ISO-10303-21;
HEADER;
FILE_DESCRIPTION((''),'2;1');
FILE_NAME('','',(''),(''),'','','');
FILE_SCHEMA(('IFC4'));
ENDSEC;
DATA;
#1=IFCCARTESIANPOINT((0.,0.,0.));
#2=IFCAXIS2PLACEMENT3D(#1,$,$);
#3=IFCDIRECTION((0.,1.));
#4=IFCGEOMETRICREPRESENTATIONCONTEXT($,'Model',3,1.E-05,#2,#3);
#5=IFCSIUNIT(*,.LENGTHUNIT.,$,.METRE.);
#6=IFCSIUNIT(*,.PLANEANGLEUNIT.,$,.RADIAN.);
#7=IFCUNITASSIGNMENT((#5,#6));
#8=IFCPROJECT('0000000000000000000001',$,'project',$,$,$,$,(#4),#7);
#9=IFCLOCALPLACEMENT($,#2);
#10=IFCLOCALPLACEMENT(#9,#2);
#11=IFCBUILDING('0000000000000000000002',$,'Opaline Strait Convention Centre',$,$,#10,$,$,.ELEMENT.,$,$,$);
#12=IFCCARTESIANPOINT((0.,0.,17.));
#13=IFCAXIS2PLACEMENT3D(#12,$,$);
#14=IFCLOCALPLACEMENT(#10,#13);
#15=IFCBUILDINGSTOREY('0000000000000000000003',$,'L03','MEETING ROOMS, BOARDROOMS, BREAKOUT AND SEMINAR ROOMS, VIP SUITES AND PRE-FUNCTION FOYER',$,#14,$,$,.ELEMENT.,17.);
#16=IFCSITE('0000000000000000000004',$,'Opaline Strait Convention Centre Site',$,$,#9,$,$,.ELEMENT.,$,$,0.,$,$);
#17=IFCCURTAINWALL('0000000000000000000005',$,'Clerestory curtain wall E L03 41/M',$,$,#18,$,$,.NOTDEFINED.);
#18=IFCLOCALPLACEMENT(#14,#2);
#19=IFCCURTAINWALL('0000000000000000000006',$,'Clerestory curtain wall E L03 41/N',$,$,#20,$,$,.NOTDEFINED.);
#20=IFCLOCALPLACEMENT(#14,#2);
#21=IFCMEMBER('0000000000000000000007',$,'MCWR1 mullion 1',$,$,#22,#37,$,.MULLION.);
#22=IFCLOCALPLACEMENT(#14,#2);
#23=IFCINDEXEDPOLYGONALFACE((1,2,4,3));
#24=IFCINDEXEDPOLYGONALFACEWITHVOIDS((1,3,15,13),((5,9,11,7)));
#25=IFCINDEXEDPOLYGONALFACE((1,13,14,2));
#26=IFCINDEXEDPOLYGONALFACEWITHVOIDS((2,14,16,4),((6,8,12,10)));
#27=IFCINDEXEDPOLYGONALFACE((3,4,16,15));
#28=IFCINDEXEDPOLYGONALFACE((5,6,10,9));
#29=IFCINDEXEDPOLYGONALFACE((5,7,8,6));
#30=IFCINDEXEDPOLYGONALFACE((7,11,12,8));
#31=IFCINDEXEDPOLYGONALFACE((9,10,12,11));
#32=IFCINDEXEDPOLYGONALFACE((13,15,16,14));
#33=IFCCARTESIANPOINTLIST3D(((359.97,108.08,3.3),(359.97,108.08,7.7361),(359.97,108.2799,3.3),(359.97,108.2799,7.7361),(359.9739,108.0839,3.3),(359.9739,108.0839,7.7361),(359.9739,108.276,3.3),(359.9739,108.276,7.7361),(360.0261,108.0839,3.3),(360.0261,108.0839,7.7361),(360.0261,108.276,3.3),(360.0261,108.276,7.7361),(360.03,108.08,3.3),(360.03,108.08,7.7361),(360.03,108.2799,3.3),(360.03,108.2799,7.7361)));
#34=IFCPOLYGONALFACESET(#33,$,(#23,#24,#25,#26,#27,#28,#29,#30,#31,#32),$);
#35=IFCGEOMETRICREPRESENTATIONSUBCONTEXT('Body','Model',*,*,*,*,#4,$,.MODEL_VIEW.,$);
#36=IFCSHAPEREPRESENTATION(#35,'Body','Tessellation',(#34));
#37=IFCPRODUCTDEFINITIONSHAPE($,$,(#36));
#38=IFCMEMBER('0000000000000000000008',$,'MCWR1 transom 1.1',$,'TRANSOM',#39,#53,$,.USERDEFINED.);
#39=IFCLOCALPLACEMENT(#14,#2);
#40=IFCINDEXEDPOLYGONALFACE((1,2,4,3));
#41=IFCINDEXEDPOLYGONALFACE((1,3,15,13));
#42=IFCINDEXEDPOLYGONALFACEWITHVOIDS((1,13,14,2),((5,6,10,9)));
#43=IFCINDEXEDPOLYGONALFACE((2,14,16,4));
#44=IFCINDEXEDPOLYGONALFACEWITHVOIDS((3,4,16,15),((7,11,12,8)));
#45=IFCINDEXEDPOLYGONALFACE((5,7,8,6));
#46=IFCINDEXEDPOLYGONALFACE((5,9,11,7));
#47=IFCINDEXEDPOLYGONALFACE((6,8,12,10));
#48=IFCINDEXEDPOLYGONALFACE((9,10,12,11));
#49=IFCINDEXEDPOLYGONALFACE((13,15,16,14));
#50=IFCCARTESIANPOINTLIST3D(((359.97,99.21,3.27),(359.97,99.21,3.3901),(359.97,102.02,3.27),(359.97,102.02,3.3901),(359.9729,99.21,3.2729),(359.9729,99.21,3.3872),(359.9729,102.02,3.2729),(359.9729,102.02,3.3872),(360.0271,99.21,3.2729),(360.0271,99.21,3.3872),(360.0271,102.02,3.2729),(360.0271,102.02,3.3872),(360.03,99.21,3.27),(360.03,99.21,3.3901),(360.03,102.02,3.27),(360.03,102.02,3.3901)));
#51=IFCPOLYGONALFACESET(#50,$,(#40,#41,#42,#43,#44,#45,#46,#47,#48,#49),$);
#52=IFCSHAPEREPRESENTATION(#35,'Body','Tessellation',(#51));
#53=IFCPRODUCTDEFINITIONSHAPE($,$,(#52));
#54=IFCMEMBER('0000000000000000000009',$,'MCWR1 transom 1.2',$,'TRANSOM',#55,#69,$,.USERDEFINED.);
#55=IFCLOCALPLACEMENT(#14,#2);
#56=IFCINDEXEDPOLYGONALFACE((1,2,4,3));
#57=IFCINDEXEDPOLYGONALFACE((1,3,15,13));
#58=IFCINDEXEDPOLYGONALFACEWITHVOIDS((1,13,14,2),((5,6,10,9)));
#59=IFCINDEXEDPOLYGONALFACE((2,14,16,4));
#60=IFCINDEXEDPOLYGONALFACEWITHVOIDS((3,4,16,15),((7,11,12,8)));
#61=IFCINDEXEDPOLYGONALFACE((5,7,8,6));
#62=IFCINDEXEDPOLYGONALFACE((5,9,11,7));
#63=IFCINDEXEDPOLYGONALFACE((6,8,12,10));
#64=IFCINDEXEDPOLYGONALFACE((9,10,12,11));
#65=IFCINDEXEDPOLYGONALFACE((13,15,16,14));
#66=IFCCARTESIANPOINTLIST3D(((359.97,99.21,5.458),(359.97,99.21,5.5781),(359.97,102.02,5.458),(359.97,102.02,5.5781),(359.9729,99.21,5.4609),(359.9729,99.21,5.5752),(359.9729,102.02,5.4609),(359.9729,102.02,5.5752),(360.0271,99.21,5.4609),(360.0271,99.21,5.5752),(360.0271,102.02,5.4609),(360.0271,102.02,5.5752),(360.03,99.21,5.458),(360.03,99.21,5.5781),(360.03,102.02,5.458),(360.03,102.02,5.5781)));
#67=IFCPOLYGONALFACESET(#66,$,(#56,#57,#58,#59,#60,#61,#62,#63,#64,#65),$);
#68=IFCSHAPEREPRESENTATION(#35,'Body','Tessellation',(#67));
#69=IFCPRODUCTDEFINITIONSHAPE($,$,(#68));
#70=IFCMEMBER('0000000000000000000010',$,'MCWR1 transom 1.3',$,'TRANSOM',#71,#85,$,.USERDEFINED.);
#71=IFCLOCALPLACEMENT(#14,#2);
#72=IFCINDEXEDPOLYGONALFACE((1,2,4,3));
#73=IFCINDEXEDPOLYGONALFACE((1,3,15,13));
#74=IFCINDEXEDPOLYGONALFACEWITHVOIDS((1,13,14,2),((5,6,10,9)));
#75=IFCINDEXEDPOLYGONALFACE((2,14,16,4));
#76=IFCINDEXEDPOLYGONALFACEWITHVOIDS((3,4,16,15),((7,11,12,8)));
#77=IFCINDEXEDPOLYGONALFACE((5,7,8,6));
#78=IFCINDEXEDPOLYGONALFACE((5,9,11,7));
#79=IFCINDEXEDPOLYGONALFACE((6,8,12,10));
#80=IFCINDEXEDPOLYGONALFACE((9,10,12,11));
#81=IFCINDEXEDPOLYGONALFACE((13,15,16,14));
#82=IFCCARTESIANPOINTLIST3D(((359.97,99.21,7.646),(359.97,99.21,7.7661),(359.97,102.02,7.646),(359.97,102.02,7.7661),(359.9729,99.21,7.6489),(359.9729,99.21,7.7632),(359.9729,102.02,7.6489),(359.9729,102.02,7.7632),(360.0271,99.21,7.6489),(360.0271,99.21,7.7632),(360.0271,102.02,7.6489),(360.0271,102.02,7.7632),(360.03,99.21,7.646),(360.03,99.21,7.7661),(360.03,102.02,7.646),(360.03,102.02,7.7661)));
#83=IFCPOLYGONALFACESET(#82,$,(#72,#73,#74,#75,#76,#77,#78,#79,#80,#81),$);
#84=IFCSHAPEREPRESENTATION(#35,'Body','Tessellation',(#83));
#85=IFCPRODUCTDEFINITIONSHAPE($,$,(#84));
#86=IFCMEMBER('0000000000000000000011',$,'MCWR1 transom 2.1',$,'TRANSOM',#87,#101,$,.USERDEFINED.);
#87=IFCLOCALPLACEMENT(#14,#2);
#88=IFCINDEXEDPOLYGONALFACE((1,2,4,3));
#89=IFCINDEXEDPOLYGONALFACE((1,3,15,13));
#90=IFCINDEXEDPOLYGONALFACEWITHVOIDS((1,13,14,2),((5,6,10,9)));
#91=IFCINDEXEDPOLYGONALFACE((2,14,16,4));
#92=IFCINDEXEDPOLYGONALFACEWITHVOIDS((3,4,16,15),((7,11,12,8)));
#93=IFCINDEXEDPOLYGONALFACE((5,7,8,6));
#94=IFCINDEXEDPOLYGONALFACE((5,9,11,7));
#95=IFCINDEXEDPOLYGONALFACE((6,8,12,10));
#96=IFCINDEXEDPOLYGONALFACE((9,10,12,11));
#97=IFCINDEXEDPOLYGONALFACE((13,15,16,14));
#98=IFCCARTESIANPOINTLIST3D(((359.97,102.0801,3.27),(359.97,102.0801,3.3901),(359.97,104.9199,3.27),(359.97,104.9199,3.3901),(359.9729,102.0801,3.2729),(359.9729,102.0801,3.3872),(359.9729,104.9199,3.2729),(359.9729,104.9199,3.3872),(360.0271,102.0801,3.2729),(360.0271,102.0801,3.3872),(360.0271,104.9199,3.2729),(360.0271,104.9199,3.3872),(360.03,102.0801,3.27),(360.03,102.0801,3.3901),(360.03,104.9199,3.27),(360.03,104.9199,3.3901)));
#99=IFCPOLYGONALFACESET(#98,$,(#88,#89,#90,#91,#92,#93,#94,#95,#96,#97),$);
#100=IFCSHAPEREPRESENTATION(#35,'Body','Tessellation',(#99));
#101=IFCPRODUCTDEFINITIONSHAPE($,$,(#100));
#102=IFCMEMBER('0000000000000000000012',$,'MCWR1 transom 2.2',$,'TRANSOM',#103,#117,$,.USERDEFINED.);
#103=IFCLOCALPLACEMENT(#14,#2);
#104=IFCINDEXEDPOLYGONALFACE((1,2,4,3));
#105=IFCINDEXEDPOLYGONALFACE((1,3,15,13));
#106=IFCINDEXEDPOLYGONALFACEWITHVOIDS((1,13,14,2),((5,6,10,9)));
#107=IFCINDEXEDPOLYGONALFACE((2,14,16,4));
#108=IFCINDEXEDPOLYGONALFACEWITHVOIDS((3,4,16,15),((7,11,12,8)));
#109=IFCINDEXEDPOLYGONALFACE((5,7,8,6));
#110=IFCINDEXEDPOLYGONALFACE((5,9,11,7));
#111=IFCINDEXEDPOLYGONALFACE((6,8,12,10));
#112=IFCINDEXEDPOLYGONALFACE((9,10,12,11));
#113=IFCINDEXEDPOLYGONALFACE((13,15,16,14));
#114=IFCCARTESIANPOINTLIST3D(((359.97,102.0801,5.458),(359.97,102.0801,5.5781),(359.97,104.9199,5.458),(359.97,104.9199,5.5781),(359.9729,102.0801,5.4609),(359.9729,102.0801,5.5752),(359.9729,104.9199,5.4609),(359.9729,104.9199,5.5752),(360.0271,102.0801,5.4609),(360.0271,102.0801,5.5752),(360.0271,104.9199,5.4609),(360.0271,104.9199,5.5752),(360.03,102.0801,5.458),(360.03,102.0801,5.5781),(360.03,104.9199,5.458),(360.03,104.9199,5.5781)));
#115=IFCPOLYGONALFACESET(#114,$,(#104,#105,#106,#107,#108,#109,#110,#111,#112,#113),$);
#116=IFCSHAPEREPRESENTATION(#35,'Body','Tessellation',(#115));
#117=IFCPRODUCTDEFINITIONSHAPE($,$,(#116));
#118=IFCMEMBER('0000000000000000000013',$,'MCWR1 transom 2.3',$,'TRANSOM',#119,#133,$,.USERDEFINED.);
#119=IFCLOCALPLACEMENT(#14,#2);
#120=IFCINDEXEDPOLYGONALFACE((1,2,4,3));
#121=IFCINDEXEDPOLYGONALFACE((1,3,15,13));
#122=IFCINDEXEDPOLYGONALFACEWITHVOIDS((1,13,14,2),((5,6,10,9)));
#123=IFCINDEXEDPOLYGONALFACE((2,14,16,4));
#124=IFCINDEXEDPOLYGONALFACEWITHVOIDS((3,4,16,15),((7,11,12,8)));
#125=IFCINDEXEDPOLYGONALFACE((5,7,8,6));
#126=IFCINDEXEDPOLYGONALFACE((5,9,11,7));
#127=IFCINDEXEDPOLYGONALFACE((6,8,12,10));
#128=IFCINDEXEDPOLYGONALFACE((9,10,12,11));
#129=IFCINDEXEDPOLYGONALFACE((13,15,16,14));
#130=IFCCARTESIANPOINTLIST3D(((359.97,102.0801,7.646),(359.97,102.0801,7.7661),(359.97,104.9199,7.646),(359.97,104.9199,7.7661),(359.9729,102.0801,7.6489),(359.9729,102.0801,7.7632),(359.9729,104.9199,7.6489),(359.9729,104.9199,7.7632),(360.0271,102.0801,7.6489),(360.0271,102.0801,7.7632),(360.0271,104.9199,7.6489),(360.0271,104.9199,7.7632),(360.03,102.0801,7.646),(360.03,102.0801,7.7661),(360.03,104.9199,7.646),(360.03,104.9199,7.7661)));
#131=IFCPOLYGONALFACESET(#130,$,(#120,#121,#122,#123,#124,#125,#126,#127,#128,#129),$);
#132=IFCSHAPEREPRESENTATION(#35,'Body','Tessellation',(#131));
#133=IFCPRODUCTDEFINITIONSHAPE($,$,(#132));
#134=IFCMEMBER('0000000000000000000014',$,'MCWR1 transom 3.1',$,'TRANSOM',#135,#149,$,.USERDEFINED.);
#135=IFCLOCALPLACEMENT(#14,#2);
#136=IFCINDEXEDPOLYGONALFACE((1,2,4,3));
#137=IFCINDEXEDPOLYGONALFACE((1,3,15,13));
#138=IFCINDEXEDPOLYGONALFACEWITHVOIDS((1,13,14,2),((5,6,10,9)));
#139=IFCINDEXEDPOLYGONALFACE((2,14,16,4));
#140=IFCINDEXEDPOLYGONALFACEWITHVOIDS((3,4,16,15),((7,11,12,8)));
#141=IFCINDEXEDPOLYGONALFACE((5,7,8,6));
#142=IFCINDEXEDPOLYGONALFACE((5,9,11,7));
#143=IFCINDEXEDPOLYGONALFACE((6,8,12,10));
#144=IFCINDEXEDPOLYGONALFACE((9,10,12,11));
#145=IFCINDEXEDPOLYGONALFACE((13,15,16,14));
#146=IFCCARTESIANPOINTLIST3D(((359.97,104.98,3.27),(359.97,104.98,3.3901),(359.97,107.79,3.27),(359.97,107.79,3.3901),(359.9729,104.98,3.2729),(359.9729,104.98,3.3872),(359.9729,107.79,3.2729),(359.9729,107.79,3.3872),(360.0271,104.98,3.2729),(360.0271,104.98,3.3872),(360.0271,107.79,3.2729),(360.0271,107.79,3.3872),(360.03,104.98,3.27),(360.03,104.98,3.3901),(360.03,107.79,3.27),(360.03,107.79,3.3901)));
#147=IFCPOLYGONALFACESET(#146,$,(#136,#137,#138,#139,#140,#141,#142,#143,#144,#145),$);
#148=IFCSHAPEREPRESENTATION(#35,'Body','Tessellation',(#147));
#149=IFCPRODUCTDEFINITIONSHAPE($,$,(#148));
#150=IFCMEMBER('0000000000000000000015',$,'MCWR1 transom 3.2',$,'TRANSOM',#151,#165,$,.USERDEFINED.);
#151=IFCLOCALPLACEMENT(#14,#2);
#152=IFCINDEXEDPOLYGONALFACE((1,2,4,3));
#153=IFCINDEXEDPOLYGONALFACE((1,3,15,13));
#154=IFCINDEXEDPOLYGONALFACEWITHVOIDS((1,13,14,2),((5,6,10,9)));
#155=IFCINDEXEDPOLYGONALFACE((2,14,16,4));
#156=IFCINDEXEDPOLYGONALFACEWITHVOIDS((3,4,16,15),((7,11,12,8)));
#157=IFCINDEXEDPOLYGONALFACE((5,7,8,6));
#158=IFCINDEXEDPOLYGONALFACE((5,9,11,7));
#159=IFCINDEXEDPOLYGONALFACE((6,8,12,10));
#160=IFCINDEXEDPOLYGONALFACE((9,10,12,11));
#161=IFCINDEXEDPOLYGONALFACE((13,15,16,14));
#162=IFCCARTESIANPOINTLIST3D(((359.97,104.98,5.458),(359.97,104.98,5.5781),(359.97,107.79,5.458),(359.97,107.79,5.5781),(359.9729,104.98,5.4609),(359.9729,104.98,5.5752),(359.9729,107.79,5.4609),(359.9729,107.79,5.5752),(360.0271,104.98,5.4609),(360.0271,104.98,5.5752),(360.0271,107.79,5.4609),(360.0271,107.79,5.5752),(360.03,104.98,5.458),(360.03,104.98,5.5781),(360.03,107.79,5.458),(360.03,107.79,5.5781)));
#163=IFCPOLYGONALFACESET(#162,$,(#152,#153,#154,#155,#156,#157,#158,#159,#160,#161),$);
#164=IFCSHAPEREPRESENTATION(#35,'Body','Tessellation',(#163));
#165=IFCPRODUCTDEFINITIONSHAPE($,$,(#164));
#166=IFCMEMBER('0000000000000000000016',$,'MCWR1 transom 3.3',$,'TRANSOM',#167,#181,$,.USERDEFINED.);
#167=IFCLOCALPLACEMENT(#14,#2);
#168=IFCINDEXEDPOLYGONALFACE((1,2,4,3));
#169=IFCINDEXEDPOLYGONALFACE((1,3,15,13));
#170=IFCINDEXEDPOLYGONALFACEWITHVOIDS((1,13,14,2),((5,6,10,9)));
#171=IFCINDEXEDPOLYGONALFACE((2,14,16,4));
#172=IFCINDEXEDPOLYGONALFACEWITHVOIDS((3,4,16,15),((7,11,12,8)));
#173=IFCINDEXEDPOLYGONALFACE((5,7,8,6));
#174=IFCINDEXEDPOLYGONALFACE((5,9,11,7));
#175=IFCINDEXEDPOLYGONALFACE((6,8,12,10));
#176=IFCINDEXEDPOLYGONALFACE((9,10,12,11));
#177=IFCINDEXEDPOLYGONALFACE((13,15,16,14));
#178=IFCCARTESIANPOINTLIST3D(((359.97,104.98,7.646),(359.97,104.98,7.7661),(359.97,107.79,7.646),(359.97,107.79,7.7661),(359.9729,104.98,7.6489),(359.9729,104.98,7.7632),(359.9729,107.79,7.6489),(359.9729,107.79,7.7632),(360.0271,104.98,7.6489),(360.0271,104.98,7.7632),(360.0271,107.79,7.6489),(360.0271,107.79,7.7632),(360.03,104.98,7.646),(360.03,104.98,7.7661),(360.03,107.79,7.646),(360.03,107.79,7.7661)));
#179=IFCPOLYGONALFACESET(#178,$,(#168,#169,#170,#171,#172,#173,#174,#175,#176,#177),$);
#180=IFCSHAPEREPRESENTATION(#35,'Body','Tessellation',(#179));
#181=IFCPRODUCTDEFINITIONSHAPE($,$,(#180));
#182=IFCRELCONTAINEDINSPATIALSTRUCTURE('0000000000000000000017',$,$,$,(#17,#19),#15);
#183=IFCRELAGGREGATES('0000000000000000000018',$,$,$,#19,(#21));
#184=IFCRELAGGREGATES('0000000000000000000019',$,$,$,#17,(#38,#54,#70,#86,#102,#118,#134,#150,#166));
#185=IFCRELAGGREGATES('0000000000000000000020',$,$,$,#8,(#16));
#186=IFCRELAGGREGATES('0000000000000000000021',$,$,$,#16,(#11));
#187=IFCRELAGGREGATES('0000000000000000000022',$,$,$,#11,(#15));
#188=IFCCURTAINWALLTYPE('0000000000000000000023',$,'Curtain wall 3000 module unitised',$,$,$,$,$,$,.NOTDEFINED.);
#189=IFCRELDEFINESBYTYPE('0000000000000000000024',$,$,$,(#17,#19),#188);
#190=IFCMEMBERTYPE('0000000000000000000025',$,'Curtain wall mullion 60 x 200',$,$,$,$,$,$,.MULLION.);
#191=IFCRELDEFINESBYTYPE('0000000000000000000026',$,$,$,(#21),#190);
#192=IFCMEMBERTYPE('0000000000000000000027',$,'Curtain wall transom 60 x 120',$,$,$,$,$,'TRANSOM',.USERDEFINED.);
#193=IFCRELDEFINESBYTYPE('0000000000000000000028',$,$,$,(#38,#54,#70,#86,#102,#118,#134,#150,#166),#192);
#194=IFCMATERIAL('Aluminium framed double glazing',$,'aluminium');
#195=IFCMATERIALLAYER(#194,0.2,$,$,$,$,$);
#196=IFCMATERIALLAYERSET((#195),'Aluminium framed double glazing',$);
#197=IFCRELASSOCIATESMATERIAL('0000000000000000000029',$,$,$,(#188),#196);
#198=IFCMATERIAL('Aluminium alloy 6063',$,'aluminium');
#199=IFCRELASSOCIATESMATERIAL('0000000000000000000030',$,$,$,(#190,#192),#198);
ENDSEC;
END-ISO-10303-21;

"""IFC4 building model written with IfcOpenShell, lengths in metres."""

from ifc_helpers import new_model, si_unit, direction, frame, origin, origin_2d, place, context, subcontext, project, spatial, hollow_rectangle, extrude, material, layer, layer_set, material_profile, profile_set, type_object, element, aggregate, save


model = new_model("IFC4")

# Units and contexts
model_context = context("Model", 3, precision=1e-05, world=origin(), true_north=direction((0.0, 1.0)))
body_context = subcontext(model_context, "Body", "Model", "MODEL_VIEW")
ifc_project = project(units=[si_unit("LENGTHUNIT", "METRE"), si_unit("PLANEANGLEUNIT", "RADIAN")], contexts=[model_context])

# Site, building, storey
site_placement = place(None, origin())
site = spatial("IfcSite", under=ifc_project, at=site_placement, Name="Opaline Strait Convention Centre Site", CompositionType="ELEMENT", RefElevation=0.0)
building_placement = place(site_placement, origin())
building = spatial("IfcBuilding", under=site, at=building_placement, Name="Opaline Strait Convention Centre", CompositionType="ELEMENT")
storey_placement = place(building_placement, frame((0.0, 0.0, 17.0)))
storey = spatial("IfcBuildingStorey", under=building, at=storey_placement, Name="L03", Description="MEETING ROOMS, BOARDROOMS, BREAKOUT AND SEMINAR ROOMS, VIP SUITES AND PRE-FUNCTION FOYER", CompositionType="ELEMENT", Elevation=17.0)

# Curtain wall
ifc_material_1 = material(Name="Aluminium framed double glazing", Category="aluminium")
ifc_layer_1 = layer(ifc_material_1, 0.2)
ifc_layer_set_1 = layer_set([ifc_layer_1], Name="Aluminium framed double glazing")
curtain_wall_type = type_object("IfcCurtainWallType", Name="Curtain wall 3000 module unitised", PredefinedType="NOTDEFINED", material=ifc_layer_set_1)
curtain_wall_1_placement = place(storey_placement, origin())
curtain_wall_1 = element("IfcCurtainWall", 1, at=curtain_wall_1_placement, inside=storey, type_object=curtain_wall_type, Name="Clerestory curtain wall E L03 41/M", PredefinedType="NOTDEFINED")
ifc_material_2 = material(Name="Aluminium alloy 6063", Category="aluminium")
ifc_material_profile_1 = material_profile(ifc_material_2, hollow_rectangle(XDim=0.0601, YDim=0.2, WallThickness=0.0039, at=origin_2d()), Name="MULLION 60x200x4")
ifc_profile_set_1 = profile_set([ifc_material_profile_1], Name="Aluminium alloy 6063")
member_type_1 = type_object("IfcMemberType", Name="Curtain wall mullion 60 x 200", PredefinedType="MULLION", material=ifc_profile_set_1)

# Curtain wall, member
curtain_wall_2_placement = place(storey_placement, origin())
curtain_wall_2 = element("IfcCurtainWall", 2, at=curtain_wall_2_placement, inside=storey, type_object=curtain_wall_type, Name="Clerestory curtain wall E L03 41/N", PredefinedType="NOTDEFINED")
member_1_placement = place(storey_placement, frame((360.0, 108.1799, 3.3), z_axis=(0.0, 0.0, 1.0), x_axis=(-1.0, 0.0, 0.0)))
member_1 = element("IfcMember", 3, at=member_1_placement, type_object=member_type_1, Name="MCWR1 mullion 1", PredefinedType="MULLION", context=body_context, shape_type="SweptSolid", body=[
    extrude(hollow_rectangle(XDim=0.0601, YDim=0.2, WallThickness=0.0039, at=origin_2d()), origin(), (0.0, 0.0, 1.0), 4.436),
])
aggregate(curtain_wall_2, [member_1])

# Members
ifc_material_profile_2 = material_profile(ifc_material_2, hollow_rectangle(XDim=0.0601, YDim=0.1201, WallThickness=0.0029, at=origin_2d()), Name="TRANSOM 60x120x3")
ifc_profile_set_2 = profile_set([ifc_material_profile_2], Name="Aluminium alloy 6063")
member_type_2 = type_object("IfcMemberType", Name="Curtain wall transom 60 x 120", ElementType="TRANSOM", PredefinedType="USERDEFINED", material=ifc_profile_set_2)
member_2_placement = place(storey_placement, frame((360.0, 99.21, 3.3301), z_axis=(0.0, 1.0, 0.0), x_axis=(-1.0, 0.0, 0.0)))
member_2 = element("IfcMember", 4, at=member_2_placement, type_object=member_type_2, Name="MCWR1 transom 1.1", ObjectType="TRANSOM", PredefinedType="USERDEFINED", context=body_context, shape_type="SweptSolid", body=[
    extrude(hollow_rectangle(XDim=0.0601, YDim=0.1201, WallThickness=0.0029, at=origin_2d()), origin(), (0.0, 0.0, 1.0), 2.8101),
])
member_3_placement = place(storey_placement, frame((360.0, 99.21, 5.5181), z_axis=(0.0, 1.0, 0.0), x_axis=(-1.0, 0.0, 0.0)))
member_3 = element("IfcMember", 5, at=member_3_placement, type_object=member_type_2, Name="MCWR1 transom 1.2", ObjectType="TRANSOM", PredefinedType="USERDEFINED", context=body_context, shape_type="SweptSolid", body=[
    extrude(hollow_rectangle(XDim=0.0601, YDim=0.1201, WallThickness=0.0029, at=origin_2d()), origin(), (0.0, 0.0, 1.0), 2.8101),
])
member_4_placement = place(storey_placement, frame((360.0, 99.21, 7.7061), z_axis=(0.0, 1.0, 0.0), x_axis=(-1.0, 0.0, 0.0)))
member_4 = element("IfcMember", 6, at=member_4_placement, type_object=member_type_2, Name="MCWR1 transom 1.3", ObjectType="TRANSOM", PredefinedType="USERDEFINED", context=body_context, shape_type="SweptSolid", body=[
    extrude(hollow_rectangle(XDim=0.0601, YDim=0.1201, WallThickness=0.0029, at=origin_2d()), origin(), (0.0, 0.0, 1.0), 2.8101),
])
member_5_placement = place(storey_placement, frame((360.0, 102.0801, 3.3301), z_axis=(0.0, 1.0, 0.0), x_axis=(-1.0, 0.0, 0.0)))
member_5 = element("IfcMember", 7, at=member_5_placement, type_object=member_type_2, Name="MCWR1 transom 2.1", ObjectType="TRANSOM", PredefinedType="USERDEFINED", context=body_context, shape_type="SweptSolid", body=[
    extrude(hollow_rectangle(XDim=0.0601, YDim=0.1201, WallThickness=0.0029, at=origin_2d()), origin(), (0.0, 0.0, 1.0), 2.8398),
])
member_6_placement = place(storey_placement, frame((360.0, 102.0801, 5.5181), z_axis=(0.0, 1.0, 0.0), x_axis=(-1.0, 0.0, 0.0)))
member_6 = element("IfcMember", 8, at=member_6_placement, type_object=member_type_2, Name="MCWR1 transom 2.2", ObjectType="TRANSOM", PredefinedType="USERDEFINED", context=body_context, shape_type="SweptSolid", body=[
    extrude(hollow_rectangle(XDim=0.0601, YDim=0.1201, WallThickness=0.0029, at=origin_2d()), origin(), (0.0, 0.0, 1.0), 2.8398),
])
member_7_placement = place(storey_placement, frame((360.0, 102.0801, 7.7061), z_axis=(0.0, 1.0, 0.0), x_axis=(-1.0, 0.0, 0.0)))
member_7 = element("IfcMember", 9, at=member_7_placement, type_object=member_type_2, Name="MCWR1 transom 2.3", ObjectType="TRANSOM", PredefinedType="USERDEFINED", context=body_context, shape_type="SweptSolid", body=[
    extrude(hollow_rectangle(XDim=0.0601, YDim=0.1201, WallThickness=0.0029, at=origin_2d()), origin(), (0.0, 0.0, 1.0), 2.8398),
])
member_8_placement = place(storey_placement, frame((360.0, 104.98, 3.3301), z_axis=(0.0, 1.0, 0.0), x_axis=(-1.0, 0.0, 0.0)))
member_8 = element("IfcMember", 10, at=member_8_placement, type_object=member_type_2, Name="MCWR1 transom 3.1", ObjectType="TRANSOM", PredefinedType="USERDEFINED", context=body_context, shape_type="SweptSolid", body=[
    extrude(hollow_rectangle(XDim=0.0601, YDim=0.1201, WallThickness=0.0029, at=origin_2d()), origin(), (0.0, 0.0, 1.0), 2.8101),
])
member_9_placement = place(storey_placement, frame((360.0, 104.98, 5.5181), z_axis=(0.0, 1.0, 0.0), x_axis=(-1.0, 0.0, 0.0)))
member_9 = element("IfcMember", 11, at=member_9_placement, type_object=member_type_2, Name="MCWR1 transom 3.2", ObjectType="TRANSOM", PredefinedType="USERDEFINED", context=body_context, shape_type="SweptSolid", body=[
    extrude(hollow_rectangle(XDim=0.0601, YDim=0.1201, WallThickness=0.0029, at=origin_2d()), origin(), (0.0, 0.0, 1.0), 2.8101),
])
member_10_placement = place(storey_placement, frame((360.0, 104.98, 7.7061), z_axis=(0.0, 1.0, 0.0), x_axis=(-1.0, 0.0, 0.0)))
member_10 = element("IfcMember", 12, at=member_10_placement, type_object=member_type_2, Name="MCWR1 transom 3.3", ObjectType="TRANSOM", PredefinedType="USERDEFINED", context=body_context, shape_type="SweptSolid", body=[
    extrude(hollow_rectangle(XDim=0.0601, YDim=0.1201, WallThickness=0.0029, at=origin_2d()), origin(), (0.0, 0.0, 1.0), 2.8101),
])

aggregate(curtain_wall_1, [member_2, member_3, member_4, member_5, member_6, member_7, member_8, member_9, member_10])

save(model, "model.ifc")
